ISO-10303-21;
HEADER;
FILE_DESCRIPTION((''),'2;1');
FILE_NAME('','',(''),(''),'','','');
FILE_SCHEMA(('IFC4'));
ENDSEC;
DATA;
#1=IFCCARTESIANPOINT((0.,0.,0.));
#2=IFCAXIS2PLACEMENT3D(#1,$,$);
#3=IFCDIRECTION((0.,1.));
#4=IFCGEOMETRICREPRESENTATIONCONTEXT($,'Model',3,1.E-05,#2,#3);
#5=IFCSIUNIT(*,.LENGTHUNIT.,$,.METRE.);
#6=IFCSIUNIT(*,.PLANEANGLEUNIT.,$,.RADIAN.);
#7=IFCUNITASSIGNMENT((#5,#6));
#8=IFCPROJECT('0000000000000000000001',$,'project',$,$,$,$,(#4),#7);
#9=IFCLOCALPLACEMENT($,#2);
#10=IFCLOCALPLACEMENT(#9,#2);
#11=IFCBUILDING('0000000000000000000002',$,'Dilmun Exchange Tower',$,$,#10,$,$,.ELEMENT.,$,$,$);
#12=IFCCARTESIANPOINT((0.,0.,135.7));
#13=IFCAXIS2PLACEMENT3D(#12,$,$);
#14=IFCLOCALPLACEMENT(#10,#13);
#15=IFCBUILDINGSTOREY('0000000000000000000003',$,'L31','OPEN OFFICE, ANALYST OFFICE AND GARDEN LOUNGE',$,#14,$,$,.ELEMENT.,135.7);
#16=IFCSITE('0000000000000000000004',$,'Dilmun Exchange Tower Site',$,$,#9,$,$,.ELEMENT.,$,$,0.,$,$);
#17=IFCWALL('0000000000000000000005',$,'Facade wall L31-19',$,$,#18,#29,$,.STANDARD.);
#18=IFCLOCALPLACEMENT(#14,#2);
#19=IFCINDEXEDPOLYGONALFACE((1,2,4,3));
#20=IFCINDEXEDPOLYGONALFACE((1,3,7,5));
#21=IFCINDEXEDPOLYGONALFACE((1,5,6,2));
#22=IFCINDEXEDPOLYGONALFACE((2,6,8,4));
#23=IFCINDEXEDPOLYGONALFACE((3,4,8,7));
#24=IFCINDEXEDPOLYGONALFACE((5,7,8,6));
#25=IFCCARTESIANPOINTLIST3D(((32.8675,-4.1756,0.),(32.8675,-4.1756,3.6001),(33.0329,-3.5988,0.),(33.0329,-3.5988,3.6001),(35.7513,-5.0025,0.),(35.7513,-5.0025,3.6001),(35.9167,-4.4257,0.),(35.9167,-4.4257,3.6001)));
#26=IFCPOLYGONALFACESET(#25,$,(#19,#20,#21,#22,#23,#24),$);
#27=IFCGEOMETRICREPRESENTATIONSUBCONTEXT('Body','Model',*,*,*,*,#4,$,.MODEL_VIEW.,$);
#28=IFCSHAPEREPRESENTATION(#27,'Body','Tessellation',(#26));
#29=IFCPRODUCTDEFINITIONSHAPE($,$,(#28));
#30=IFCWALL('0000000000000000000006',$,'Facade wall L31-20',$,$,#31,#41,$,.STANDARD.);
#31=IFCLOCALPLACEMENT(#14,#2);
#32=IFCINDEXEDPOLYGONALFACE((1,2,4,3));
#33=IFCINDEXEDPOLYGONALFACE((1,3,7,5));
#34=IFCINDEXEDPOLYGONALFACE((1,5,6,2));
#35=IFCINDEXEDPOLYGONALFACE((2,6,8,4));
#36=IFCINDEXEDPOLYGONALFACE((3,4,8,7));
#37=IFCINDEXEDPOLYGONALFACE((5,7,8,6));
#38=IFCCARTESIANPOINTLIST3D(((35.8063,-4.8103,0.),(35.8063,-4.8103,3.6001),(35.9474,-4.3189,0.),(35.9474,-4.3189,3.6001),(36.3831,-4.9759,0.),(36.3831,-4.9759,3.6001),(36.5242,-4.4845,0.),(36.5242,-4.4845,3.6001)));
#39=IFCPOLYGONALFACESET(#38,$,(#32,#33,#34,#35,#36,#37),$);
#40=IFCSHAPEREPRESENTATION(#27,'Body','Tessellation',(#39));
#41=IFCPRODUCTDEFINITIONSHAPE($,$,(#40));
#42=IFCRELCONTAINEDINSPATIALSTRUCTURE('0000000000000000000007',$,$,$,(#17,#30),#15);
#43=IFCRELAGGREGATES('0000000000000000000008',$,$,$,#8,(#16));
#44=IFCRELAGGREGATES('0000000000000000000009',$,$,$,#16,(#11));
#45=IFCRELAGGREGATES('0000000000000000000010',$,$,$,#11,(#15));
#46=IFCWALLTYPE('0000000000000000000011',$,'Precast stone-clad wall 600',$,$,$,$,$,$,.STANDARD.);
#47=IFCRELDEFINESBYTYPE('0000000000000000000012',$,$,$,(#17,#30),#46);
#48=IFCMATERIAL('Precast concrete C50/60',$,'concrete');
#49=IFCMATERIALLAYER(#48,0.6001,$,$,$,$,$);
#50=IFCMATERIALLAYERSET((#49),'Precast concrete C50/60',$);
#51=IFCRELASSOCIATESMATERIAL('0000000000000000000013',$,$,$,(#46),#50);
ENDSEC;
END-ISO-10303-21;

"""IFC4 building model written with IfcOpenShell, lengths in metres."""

from ifc_helpers import new_model, si_unit, direction, frame, frame_2d, origin, place, context, subcontext, project, spatial, rectangle, extrude, material, layer, layer_set, type_object, element, save


model = new_model("IFC4")

# Units and contexts
model_context = context("Model", 3, precision=1e-05, world=origin(), true_north=direction((0.0, 1.0)))
body_context = subcontext(model_context, "Body", "Model", "MODEL_VIEW")
ifc_project = project(units=[si_unit("LENGTHUNIT", "METRE"), si_unit("PLANEANGLEUNIT", "RADIAN")], contexts=[model_context])

# Site, building, storey
site_placement = place(None, origin())
site = spatial("IfcSite", under=ifc_project, at=site_placement, Name="Dilmun Exchange Tower Site", CompositionType="ELEMENT", RefElevation=0.0)
building_placement = place(site_placement, origin())
building = spatial("IfcBuilding", under=site, at=building_placement, Name="Dilmun Exchange Tower", CompositionType="ELEMENT")
storey_placement = place(building_placement, frame((0.0, 0.0, 135.7)))
storey = spatial("IfcBuildingStorey", under=building, at=storey_placement, Name="L31", Description="OPEN OFFICE, ANALYST OFFICE AND GARDEN LOUNGE", CompositionType="ELEMENT", Elevation=135.7)

# Shared definitions
ifc_material_1 = material(Name="Precast concrete C50/60", Category="concrete")
ifc_layer_1 = layer(ifc_material_1, 0.6001)
ifc_layer_set_1 = layer_set([ifc_layer_1], Name="Precast concrete C50/60")
wall_type_1 = type_object("IfcWallType", Name="Precast stone-clad wall 600", PredefinedType="STANDARD", material=ifc_layer_set_1)

# Walls
wall_1_placement = place(storey_placement, frame((32.9502, -3.8872, 0.0), z_axis=(0.0, 0.0, 1.0), x_axis=(0.961262, -0.275635, 0.0)))
element("IfcWall", 1, at=wall_1_placement, inside=storey, type_object=wall_type_1, Name="Facade wall L31-19", PredefinedType="STANDARD", context=body_context, shape_type="SweptSolid", body=[
    extrude(rectangle(XDim=3.0, YDim=0.6001, at=frame_2d((1.5, 0.0))), origin(), (0.0, 0.0, 1.0), 3.6001),
])
wall_2_placement = place(storey_placement, frame((36.0947, -4.8931, 0.0), z_axis=(0.0, 0.0, 1.0), x_axis=(0.275982, 0.961163, 0.0)))
element("IfcWall", 2, at=wall_2_placement, inside=storey, type_object=wall_type_1, Name="Facade wall L31-20", PredefinedType="STANDARD", context=body_context, shape_type="SweptSolid", body=[
    extrude(rectangle(XDim=0.5112, YDim=0.6001, at=frame_2d((0.2556, 0.0))), origin(), (0.0, 0.0, 1.0), 3.6001),
])

save(model, "model.ifc")
